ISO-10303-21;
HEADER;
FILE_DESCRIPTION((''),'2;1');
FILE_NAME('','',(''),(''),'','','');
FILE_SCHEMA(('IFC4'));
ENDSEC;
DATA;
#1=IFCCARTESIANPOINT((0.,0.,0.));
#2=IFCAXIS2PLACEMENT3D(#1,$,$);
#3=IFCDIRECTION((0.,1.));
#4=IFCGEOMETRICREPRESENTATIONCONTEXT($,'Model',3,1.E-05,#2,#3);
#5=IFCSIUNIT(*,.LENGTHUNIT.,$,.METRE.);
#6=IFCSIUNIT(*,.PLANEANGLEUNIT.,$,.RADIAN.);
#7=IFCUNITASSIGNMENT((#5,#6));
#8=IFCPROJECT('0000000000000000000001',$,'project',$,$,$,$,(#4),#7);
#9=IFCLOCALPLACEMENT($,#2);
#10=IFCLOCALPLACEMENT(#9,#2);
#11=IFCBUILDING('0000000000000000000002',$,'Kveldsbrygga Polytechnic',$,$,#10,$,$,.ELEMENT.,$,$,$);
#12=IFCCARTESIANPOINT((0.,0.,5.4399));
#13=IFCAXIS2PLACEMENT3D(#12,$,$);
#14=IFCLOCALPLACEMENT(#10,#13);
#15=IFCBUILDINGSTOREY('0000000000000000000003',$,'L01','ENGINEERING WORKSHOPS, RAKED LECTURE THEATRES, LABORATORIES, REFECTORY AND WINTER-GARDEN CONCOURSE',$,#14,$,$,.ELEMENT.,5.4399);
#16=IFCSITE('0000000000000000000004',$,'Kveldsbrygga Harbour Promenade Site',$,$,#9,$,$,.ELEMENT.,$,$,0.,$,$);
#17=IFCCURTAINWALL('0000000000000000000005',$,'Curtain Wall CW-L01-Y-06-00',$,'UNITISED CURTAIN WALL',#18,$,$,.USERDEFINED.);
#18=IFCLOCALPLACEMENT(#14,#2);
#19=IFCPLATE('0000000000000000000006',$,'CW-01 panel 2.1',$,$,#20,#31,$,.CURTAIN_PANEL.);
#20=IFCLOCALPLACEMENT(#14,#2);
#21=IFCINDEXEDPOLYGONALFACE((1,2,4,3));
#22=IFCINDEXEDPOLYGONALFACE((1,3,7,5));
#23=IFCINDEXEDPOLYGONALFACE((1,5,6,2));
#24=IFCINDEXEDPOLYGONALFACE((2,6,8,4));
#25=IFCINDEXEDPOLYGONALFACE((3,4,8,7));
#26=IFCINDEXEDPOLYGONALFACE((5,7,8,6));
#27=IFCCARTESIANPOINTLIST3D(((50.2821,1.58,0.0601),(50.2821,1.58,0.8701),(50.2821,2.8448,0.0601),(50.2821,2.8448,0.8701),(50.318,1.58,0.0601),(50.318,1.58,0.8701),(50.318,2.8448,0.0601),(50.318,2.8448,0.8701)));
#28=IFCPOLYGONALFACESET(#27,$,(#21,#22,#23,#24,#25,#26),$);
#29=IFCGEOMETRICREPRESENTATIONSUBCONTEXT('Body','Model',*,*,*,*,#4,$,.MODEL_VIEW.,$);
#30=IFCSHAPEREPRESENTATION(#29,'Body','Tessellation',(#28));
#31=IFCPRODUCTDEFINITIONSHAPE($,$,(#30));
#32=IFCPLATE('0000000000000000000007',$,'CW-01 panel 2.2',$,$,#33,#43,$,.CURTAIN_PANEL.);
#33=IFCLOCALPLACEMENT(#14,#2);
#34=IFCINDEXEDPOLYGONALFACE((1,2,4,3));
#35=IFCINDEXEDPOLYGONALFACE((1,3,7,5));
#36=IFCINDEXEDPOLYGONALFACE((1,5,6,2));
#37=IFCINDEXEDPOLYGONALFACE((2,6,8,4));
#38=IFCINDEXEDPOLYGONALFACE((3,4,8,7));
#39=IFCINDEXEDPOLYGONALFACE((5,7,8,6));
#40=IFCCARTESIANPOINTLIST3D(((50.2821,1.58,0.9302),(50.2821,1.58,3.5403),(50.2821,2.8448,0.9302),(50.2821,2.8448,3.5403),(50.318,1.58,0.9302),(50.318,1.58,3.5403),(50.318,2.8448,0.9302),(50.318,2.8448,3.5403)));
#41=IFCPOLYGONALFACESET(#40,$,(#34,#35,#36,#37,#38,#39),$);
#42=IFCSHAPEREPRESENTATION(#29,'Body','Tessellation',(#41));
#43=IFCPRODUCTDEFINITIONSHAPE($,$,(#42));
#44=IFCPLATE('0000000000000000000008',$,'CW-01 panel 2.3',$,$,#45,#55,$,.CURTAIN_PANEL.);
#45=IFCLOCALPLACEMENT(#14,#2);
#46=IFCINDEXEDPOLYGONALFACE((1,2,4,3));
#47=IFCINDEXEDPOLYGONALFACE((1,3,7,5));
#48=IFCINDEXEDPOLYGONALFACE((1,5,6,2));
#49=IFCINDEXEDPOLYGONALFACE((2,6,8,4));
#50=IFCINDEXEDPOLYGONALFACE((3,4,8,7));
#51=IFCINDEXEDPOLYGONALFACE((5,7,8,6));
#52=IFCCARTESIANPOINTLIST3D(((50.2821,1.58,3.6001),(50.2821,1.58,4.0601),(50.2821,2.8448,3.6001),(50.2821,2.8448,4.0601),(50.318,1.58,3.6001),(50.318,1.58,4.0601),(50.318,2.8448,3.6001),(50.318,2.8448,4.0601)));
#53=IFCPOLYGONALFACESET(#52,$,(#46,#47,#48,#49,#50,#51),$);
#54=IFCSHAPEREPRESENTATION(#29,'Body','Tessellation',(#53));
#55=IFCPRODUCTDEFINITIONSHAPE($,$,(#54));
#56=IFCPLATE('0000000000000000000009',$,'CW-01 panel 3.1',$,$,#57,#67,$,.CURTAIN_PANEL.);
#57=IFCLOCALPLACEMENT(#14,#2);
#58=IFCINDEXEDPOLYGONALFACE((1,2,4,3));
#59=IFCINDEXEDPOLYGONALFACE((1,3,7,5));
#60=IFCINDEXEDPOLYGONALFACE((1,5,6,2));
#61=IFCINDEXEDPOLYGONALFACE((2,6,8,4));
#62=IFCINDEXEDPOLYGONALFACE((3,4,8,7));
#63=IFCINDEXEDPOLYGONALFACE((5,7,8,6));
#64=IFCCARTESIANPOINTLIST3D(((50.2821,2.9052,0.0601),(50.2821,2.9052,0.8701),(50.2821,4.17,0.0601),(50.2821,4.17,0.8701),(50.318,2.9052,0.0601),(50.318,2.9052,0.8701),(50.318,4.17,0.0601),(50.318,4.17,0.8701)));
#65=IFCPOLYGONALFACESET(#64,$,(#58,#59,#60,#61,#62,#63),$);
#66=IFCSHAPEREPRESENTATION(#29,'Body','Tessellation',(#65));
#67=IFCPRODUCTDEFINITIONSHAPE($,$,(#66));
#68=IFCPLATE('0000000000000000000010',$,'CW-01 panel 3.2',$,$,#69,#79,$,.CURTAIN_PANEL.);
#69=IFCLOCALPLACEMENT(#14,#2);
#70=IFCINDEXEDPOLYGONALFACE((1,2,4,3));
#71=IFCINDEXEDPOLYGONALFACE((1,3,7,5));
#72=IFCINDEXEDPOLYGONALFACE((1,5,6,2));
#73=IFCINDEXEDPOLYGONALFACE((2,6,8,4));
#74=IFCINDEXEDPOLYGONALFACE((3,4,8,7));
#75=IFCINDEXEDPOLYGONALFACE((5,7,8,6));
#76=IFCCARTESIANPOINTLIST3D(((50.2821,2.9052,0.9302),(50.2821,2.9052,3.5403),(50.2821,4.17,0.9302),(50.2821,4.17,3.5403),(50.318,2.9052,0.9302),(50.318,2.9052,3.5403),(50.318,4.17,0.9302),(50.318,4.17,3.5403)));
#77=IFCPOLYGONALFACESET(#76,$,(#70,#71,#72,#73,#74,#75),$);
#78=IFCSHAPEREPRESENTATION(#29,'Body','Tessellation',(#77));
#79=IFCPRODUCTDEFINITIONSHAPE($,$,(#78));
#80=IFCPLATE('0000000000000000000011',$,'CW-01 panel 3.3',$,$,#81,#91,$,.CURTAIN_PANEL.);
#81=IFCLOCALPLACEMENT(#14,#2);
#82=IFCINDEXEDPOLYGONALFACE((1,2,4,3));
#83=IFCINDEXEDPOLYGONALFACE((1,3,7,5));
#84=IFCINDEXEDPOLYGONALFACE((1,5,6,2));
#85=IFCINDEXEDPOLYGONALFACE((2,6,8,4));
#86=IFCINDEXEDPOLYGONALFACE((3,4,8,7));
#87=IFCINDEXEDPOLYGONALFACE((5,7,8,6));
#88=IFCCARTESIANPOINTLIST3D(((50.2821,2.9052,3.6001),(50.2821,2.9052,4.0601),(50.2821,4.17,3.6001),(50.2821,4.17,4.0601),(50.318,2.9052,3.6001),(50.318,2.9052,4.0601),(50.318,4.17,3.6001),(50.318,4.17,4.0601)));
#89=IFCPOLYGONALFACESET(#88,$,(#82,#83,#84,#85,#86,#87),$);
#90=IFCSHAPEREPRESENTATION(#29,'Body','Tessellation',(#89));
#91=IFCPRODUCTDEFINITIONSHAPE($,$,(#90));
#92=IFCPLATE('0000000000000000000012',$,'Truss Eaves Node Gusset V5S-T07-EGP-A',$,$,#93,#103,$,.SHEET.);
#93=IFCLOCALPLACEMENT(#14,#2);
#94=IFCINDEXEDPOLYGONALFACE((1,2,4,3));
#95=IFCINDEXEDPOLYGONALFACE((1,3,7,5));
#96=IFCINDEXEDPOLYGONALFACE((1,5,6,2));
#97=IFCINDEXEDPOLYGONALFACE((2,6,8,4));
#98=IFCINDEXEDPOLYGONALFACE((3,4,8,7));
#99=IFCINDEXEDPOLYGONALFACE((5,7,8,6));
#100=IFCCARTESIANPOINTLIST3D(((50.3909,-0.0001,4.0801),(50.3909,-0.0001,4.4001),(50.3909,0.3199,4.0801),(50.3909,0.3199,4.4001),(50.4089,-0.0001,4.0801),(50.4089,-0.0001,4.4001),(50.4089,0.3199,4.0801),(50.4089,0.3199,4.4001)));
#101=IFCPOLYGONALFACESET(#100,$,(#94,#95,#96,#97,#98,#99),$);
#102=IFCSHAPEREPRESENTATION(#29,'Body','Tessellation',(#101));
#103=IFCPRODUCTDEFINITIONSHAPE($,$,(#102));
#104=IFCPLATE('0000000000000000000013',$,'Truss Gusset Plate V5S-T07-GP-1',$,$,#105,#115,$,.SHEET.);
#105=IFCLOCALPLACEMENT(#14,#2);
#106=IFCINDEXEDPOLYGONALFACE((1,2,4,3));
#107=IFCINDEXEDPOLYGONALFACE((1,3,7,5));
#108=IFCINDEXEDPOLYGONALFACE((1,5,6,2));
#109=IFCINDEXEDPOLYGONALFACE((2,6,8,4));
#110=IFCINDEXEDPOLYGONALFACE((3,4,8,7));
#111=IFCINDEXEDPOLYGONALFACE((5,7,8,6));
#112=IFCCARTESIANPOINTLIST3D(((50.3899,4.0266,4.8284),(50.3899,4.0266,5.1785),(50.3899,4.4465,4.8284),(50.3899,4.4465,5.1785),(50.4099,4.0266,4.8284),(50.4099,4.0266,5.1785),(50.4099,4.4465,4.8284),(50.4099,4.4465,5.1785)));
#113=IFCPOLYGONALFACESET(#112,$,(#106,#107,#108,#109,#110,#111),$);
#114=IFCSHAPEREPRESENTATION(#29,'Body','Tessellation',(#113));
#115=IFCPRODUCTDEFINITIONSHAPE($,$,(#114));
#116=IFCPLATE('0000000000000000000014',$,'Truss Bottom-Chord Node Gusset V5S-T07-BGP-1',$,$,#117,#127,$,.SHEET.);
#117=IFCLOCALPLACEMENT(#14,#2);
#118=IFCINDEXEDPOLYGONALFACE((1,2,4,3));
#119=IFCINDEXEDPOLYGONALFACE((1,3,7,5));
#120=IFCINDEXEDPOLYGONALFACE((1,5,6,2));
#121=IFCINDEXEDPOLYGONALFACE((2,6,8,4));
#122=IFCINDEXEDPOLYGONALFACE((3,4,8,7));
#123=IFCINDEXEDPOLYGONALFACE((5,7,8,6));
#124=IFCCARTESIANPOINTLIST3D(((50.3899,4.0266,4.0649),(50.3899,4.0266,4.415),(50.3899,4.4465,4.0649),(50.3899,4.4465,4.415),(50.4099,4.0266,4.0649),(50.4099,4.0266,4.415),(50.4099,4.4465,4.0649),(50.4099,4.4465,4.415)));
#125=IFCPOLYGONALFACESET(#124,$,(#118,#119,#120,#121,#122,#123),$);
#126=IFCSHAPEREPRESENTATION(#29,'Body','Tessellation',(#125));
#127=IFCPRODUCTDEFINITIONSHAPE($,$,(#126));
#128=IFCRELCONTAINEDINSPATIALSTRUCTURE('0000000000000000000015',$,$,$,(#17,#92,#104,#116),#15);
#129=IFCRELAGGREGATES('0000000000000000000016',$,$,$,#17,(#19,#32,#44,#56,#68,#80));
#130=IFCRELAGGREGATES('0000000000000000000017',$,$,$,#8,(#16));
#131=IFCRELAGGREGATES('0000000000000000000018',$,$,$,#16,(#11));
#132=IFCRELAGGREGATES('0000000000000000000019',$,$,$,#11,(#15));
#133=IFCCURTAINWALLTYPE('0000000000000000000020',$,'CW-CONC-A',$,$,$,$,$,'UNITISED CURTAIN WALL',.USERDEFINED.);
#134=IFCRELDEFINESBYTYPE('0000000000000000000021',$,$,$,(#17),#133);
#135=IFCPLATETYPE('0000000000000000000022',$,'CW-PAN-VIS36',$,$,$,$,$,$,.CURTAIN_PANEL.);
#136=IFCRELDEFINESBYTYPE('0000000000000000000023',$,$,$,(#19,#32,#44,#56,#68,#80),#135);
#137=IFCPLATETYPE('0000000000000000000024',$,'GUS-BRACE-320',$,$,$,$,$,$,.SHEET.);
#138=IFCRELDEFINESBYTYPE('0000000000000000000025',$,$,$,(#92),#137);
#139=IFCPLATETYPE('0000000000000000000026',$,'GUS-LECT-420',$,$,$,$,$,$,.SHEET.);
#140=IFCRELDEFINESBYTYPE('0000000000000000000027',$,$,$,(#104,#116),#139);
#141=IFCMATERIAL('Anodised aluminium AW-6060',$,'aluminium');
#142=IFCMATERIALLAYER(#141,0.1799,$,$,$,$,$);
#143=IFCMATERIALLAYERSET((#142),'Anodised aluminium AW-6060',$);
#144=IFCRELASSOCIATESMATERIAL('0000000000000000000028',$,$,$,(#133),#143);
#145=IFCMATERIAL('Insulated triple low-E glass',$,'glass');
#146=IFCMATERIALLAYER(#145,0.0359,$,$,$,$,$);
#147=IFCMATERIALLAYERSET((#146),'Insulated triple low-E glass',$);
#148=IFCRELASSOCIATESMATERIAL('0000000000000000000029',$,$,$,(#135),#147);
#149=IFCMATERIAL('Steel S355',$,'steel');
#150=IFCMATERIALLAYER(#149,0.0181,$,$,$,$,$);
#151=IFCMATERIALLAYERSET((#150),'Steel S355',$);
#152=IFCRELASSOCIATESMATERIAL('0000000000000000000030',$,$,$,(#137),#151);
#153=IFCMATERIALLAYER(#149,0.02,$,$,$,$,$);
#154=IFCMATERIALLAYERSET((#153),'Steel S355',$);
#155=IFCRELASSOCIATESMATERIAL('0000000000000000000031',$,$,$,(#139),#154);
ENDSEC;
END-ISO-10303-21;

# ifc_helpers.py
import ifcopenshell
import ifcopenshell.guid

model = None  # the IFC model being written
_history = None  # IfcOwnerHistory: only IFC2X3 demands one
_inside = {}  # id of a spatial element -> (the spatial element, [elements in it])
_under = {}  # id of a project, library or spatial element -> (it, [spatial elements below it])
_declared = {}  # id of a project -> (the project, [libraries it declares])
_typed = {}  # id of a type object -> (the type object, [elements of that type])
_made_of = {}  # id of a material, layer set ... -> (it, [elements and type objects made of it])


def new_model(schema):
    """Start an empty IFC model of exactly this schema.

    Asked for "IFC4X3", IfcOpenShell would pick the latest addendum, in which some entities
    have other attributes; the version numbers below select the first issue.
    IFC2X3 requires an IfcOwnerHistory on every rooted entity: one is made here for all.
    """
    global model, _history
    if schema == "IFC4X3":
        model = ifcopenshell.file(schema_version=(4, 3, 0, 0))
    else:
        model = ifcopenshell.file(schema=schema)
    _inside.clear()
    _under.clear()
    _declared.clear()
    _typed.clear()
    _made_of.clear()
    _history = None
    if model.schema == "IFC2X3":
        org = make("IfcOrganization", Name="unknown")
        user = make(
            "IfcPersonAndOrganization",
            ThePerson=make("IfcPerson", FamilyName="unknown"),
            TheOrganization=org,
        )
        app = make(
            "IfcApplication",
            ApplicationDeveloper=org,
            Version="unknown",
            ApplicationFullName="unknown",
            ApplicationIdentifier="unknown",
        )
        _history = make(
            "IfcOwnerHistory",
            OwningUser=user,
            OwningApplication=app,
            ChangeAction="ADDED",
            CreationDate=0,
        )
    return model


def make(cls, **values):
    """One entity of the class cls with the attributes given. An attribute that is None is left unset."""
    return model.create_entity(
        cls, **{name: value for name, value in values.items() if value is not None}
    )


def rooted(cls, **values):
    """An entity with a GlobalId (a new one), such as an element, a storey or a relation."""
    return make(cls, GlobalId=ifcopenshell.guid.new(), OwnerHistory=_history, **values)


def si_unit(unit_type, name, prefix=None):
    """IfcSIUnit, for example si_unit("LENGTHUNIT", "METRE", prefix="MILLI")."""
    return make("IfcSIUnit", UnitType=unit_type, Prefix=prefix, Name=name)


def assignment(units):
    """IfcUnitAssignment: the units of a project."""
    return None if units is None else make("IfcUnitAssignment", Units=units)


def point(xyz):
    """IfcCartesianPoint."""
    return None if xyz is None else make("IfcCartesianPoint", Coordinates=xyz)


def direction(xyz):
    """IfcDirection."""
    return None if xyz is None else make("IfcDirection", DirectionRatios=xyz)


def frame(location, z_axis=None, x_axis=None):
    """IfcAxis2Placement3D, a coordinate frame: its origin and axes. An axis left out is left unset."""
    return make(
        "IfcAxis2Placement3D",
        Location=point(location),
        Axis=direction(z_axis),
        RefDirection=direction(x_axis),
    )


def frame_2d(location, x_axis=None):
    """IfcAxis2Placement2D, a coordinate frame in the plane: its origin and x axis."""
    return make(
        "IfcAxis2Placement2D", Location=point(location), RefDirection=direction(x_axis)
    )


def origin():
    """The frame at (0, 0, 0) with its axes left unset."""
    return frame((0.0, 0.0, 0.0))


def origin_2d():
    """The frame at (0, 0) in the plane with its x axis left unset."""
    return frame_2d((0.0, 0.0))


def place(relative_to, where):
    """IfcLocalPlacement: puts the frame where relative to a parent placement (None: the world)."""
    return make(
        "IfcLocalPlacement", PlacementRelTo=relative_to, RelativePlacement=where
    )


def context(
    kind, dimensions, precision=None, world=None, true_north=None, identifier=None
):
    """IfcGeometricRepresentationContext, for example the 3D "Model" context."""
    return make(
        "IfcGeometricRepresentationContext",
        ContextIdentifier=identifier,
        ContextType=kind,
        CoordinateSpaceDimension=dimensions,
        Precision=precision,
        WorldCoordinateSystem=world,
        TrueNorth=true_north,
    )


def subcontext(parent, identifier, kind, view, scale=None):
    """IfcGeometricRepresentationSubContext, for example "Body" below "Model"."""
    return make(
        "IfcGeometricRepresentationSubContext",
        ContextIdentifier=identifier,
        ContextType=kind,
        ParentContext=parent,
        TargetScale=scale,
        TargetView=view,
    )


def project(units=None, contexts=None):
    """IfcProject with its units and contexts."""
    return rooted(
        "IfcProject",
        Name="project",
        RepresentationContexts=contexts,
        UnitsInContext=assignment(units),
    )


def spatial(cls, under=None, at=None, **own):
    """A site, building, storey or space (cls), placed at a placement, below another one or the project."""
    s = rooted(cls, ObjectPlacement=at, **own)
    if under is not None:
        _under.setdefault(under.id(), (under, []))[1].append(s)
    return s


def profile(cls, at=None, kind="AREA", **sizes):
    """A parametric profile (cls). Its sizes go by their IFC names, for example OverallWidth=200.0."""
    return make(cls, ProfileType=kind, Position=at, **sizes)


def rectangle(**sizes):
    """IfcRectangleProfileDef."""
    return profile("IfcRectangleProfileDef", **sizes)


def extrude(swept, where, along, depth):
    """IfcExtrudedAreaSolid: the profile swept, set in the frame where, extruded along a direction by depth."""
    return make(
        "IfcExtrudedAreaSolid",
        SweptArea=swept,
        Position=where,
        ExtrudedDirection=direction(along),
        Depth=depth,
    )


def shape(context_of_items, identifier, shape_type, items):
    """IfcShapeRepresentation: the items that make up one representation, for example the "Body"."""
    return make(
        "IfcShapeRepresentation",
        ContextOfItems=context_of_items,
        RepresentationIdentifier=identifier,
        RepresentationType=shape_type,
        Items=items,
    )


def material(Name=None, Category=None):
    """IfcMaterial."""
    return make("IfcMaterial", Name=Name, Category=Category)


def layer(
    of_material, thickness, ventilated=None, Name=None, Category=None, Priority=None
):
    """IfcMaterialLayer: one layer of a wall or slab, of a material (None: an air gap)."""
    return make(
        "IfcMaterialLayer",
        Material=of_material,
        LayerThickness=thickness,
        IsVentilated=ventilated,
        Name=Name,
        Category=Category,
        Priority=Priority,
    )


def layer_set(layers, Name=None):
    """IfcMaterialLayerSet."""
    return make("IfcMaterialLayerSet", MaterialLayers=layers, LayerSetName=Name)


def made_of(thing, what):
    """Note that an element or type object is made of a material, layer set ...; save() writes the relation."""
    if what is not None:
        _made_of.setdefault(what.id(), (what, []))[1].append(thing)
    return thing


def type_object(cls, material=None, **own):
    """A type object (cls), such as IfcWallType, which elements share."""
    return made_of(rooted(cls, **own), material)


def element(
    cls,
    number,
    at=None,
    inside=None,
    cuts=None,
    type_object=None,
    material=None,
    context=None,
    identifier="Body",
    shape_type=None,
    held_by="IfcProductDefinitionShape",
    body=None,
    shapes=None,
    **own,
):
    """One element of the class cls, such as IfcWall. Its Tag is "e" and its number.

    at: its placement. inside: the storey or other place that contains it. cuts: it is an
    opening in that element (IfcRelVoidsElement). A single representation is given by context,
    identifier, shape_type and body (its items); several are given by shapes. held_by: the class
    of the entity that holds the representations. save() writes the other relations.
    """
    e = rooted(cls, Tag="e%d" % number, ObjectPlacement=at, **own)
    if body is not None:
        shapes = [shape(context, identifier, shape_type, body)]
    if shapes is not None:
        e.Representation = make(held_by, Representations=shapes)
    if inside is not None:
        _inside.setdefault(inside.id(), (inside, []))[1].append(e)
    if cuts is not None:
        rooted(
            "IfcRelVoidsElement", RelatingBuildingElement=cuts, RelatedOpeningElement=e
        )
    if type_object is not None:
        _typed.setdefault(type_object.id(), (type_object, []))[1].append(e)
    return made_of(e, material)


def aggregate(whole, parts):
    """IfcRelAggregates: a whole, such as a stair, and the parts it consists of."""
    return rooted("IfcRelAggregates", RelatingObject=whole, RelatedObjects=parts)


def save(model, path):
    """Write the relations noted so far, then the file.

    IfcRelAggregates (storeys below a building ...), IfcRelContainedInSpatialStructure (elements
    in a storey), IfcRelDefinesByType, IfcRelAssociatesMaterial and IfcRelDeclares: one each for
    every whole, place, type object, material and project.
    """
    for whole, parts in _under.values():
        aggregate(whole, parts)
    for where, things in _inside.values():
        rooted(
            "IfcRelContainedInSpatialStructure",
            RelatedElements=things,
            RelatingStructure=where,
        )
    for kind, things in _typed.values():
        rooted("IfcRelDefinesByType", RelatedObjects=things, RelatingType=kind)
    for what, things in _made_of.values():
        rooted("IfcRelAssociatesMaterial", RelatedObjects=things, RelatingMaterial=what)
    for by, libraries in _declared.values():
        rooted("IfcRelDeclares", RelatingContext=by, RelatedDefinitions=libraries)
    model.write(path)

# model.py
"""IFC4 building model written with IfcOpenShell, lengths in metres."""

from ifc_helpers import new_model, si_unit, direction, frame, origin, origin_2d, place, context, subcontext, project, spatial, rectangle, extrude, material, layer, layer_set, type_object, element, aggregate, save


model = new_model("IFC4")

# Units and contexts
model_context = context("Model", 3, precision=1e-05, world=origin(), true_north=direction((0.0, 1.0)))
body_context = subcontext(model_context, "Body", "Model", "MODEL_VIEW")
ifc_project = project(units=[si_unit("LENGTHUNIT", "METRE"), si_unit("PLANEANGLEUNIT", "RADIAN")], contexts=[model_context])

# Site, building, storey
site_placement = place(None, origin())
site = spatial("IfcSite", under=ifc_project, at=site_placement, Name="Kveldsbrygga Harbour Promenade Site", CompositionType="ELEMENT", RefElevation=0.0)
building_placement = place(site_placement, origin())
building = spatial("IfcBuilding", under=site, at=building_placement, Name="Kveldsbrygga Polytechnic", CompositionType="ELEMENT")
storey_placement = place(building_placement, frame((0.0, 0.0, 5.4399)))
storey = spatial("IfcBuildingStorey", under=building, at=storey_placement, Name="L01", Description="ENGINEERING WORKSHOPS, RAKED LECTURE THEATRES, LABORATORIES, REFECTORY AND WINTER-GARDEN CONCOURSE", CompositionType="ELEMENT", Elevation=5.4399)

# Curtain wall
ifc_material_1 = material(Name="Anodised aluminium AW-6060", Category="aluminium")
ifc_layer_1 = layer(ifc_material_1, 0.1799)
ifc_layer_set_1 = layer_set([ifc_layer_1], Name="Anodised aluminium AW-6060")
curtain_wall_type = type_object("IfcCurtainWallType", Name="CW-CONC-A", ElementType="UNITISED CURTAIN WALL", PredefinedType="USERDEFINED", material=ifc_layer_set_1)
curtain_wall_placement = place(storey_placement, origin())
curtain_wall = element("IfcCurtainWall", 1, at=curtain_wall_placement, inside=storey, type_object=curtain_wall_type, Name="Curtain Wall CW-L01-Y-06-00", ObjectType="UNITISED CURTAIN WALL", PredefinedType="USERDEFINED")

# Shared definitions
ifc_material_2 = material(Name="Steel S355", Category="steel")

# Plates
ifc_material_3 = material(Name="Insulated triple low-E glass", Category="glass")
ifc_layer_2 = layer(ifc_material_3, 0.0359)
ifc_layer_set_2 = layer_set([ifc_layer_2], Name="Insulated triple low-E glass")
plate_type_1 = type_object("IfcPlateType", Name="CW-PAN-VIS36", PredefinedType="CURTAIN_PANEL", material=ifc_layer_set_2)
plate_1_placement = place(storey_placement, frame((50.3, 2.2124, 0.0601), z_axis=(0.0, 0.0, 1.0), x_axis=(0.0, 1.0, 0.0)))
plate_1 = element("IfcPlate", 2, at=plate_1_placement, type_object=plate_type_1, Name="CW-01 panel 2.1", PredefinedType="CURTAIN_PANEL", context=body_context, shape_type="SweptSolid", body=[
    extrude(rectangle(XDim=1.2649, YDim=0.0359, at=origin_2d()), origin(), (0.0, 0.0, 1.0), 0.8101),
])
plate_2_placement = place(storey_placement, frame((50.3, 2.2124, 0.9302), z_axis=(0.0, 0.0, 1.0), x_axis=(0.0, 1.0, 0.0)))
plate_2 = element("IfcPlate", 3, at=plate_2_placement, type_object=plate_type_1, Name="CW-01 panel 2.2", PredefinedType="CURTAIN_PANEL", context=body_context, shape_type="SweptSolid", body=[
    extrude(rectangle(XDim=1.2649, YDim=0.0359, at=origin_2d()), origin(), (0.0, 0.0, 1.0), 2.6101),
])
plate_3_placement = place(storey_placement, frame((50.3, 2.2124, 3.6001), z_axis=(0.0, 0.0, 1.0), x_axis=(0.0, 1.0, 0.0)))
plate_3 = element("IfcPlate", 4, at=plate_3_placement, type_object=plate_type_1, Name="CW-01 panel 2.3", PredefinedType="CURTAIN_PANEL", context=body_context, shape_type="SweptSolid", body=[
    extrude(rectangle(XDim=1.2649, YDim=0.0359, at=origin_2d()), origin(), (0.0, 0.0, 1.0), 0.46),
])
plate_4_placement = place(storey_placement, frame((50.3, 3.5376, 0.0601), z_axis=(0.0, 0.0, 1.0), x_axis=(0.0, 1.0, 0.0)))
plate_4 = element("IfcPlate", 5, at=plate_4_placement, type_object=plate_type_1, Name="CW-01 panel 3.1", PredefinedType="CURTAIN_PANEL", context=body_context, shape_type="SweptSolid", body=[
    extrude(rectangle(XDim=1.2649, YDim=0.0359, at=origin_2d()), origin(), (0.0, 0.0, 1.0), 0.8101),
])
plate_5_placement = place(storey_placement, frame((50.3, 3.5376, 0.9302), z_axis=(0.0, 0.0, 1.0), x_axis=(0.0, 1.0, 0.0)))
plate_5 = element("IfcPlate", 6, at=plate_5_placement, type_object=plate_type_1, Name="CW-01 panel 3.2", PredefinedType="CURTAIN_PANEL", context=body_context, shape_type="SweptSolid", body=[
    extrude(rectangle(XDim=1.2649, YDim=0.0359, at=origin_2d()), origin(), (0.0, 0.0, 1.0), 2.6101),
])
plate_6_placement = place(storey_placement, frame((50.3, 3.5376, 3.6001), z_axis=(0.0, 0.0, 1.0), x_axis=(0.0, 1.0, 0.0)))
plate_6 = element("IfcPlate", 7, at=plate_6_placement, type_object=plate_type_1, Name="CW-01 panel 3.3", PredefinedType="CURTAIN_PANEL", context=body_context, shape_type="SweptSolid", body=[
    extrude(rectangle(XDim=1.2649, YDim=0.0359, at=origin_2d()), origin(), (0.0, 0.0, 1.0), 0.46),
])
aggregate(curtain_wall, [plate_1, plate_2, plate_3, plate_4, plate_5, plate_6])

# Plates
ifc_layer_3 = layer(ifc_material_2, 0.0181)
ifc_layer_set_3 = layer_set([ifc_layer_3], Name="Steel S355")
plate_type_2 = type_object("IfcPlateType", Name="GUS-BRACE-320", PredefinedType="SHEET", material=ifc_layer_set_3)
plate_7_placement = place(storey_placement, frame((50.3999, 0.1599, 4.0801), z_axis=(0.0, 0.0, 1.0), x_axis=(1.0, 0.0, 0.0)))
element("IfcPlate", 8, at=plate_7_placement, inside=storey, type_object=plate_type_2, Name="Truss Eaves Node Gusset V5S-T07-EGP-A", PredefinedType="SHEET", context=body_context, shape_type="SweptSolid", body=[
    extrude(rectangle(XDim=0.0181, YDim=0.3201, at=origin_2d()), origin(), (0.0, 0.0, 1.0), 0.3201),
])
ifc_layer_4 = layer(ifc_material_2, 0.02)
ifc_layer_set_4 = layer_set([ifc_layer_4], Name="Steel S355")
plate_type_3 = type_object("IfcPlateType", Name="GUS-LECT-420", PredefinedType="SHEET", material=ifc_layer_set_4)
for number, where, z_axis, x_axis, name in (
    (9, (50.3999, 4.2366, 4.8284), (0.0, 0.0, 1.0), (1.0, 0.0, 0.0), "Truss Gusset Plate V5S-T07-GP-1"),
    (10, (50.3999, 4.2366, 4.0649), (0.0, 0.0, 1.0), (1.0, 0.0, 0.0), "Truss Bottom-Chord Node Gusset V5S-T07-BGP-1"),
):
    element("IfcPlate", number, at=place(storey_placement, frame(where, z_axis=z_axis, x_axis=x_axis)), inside=storey, type_object=plate_type_3, Name=name, PredefinedType="SHEET", context=body_context, shape_type="SweptSolid", body=[
        extrude(rectangle(XDim=0.02, YDim=0.4199, at=origin_2d()), origin(), (0.0, 0.0, 1.0), 0.3501),
    ])

save(model, "model.ifc")
